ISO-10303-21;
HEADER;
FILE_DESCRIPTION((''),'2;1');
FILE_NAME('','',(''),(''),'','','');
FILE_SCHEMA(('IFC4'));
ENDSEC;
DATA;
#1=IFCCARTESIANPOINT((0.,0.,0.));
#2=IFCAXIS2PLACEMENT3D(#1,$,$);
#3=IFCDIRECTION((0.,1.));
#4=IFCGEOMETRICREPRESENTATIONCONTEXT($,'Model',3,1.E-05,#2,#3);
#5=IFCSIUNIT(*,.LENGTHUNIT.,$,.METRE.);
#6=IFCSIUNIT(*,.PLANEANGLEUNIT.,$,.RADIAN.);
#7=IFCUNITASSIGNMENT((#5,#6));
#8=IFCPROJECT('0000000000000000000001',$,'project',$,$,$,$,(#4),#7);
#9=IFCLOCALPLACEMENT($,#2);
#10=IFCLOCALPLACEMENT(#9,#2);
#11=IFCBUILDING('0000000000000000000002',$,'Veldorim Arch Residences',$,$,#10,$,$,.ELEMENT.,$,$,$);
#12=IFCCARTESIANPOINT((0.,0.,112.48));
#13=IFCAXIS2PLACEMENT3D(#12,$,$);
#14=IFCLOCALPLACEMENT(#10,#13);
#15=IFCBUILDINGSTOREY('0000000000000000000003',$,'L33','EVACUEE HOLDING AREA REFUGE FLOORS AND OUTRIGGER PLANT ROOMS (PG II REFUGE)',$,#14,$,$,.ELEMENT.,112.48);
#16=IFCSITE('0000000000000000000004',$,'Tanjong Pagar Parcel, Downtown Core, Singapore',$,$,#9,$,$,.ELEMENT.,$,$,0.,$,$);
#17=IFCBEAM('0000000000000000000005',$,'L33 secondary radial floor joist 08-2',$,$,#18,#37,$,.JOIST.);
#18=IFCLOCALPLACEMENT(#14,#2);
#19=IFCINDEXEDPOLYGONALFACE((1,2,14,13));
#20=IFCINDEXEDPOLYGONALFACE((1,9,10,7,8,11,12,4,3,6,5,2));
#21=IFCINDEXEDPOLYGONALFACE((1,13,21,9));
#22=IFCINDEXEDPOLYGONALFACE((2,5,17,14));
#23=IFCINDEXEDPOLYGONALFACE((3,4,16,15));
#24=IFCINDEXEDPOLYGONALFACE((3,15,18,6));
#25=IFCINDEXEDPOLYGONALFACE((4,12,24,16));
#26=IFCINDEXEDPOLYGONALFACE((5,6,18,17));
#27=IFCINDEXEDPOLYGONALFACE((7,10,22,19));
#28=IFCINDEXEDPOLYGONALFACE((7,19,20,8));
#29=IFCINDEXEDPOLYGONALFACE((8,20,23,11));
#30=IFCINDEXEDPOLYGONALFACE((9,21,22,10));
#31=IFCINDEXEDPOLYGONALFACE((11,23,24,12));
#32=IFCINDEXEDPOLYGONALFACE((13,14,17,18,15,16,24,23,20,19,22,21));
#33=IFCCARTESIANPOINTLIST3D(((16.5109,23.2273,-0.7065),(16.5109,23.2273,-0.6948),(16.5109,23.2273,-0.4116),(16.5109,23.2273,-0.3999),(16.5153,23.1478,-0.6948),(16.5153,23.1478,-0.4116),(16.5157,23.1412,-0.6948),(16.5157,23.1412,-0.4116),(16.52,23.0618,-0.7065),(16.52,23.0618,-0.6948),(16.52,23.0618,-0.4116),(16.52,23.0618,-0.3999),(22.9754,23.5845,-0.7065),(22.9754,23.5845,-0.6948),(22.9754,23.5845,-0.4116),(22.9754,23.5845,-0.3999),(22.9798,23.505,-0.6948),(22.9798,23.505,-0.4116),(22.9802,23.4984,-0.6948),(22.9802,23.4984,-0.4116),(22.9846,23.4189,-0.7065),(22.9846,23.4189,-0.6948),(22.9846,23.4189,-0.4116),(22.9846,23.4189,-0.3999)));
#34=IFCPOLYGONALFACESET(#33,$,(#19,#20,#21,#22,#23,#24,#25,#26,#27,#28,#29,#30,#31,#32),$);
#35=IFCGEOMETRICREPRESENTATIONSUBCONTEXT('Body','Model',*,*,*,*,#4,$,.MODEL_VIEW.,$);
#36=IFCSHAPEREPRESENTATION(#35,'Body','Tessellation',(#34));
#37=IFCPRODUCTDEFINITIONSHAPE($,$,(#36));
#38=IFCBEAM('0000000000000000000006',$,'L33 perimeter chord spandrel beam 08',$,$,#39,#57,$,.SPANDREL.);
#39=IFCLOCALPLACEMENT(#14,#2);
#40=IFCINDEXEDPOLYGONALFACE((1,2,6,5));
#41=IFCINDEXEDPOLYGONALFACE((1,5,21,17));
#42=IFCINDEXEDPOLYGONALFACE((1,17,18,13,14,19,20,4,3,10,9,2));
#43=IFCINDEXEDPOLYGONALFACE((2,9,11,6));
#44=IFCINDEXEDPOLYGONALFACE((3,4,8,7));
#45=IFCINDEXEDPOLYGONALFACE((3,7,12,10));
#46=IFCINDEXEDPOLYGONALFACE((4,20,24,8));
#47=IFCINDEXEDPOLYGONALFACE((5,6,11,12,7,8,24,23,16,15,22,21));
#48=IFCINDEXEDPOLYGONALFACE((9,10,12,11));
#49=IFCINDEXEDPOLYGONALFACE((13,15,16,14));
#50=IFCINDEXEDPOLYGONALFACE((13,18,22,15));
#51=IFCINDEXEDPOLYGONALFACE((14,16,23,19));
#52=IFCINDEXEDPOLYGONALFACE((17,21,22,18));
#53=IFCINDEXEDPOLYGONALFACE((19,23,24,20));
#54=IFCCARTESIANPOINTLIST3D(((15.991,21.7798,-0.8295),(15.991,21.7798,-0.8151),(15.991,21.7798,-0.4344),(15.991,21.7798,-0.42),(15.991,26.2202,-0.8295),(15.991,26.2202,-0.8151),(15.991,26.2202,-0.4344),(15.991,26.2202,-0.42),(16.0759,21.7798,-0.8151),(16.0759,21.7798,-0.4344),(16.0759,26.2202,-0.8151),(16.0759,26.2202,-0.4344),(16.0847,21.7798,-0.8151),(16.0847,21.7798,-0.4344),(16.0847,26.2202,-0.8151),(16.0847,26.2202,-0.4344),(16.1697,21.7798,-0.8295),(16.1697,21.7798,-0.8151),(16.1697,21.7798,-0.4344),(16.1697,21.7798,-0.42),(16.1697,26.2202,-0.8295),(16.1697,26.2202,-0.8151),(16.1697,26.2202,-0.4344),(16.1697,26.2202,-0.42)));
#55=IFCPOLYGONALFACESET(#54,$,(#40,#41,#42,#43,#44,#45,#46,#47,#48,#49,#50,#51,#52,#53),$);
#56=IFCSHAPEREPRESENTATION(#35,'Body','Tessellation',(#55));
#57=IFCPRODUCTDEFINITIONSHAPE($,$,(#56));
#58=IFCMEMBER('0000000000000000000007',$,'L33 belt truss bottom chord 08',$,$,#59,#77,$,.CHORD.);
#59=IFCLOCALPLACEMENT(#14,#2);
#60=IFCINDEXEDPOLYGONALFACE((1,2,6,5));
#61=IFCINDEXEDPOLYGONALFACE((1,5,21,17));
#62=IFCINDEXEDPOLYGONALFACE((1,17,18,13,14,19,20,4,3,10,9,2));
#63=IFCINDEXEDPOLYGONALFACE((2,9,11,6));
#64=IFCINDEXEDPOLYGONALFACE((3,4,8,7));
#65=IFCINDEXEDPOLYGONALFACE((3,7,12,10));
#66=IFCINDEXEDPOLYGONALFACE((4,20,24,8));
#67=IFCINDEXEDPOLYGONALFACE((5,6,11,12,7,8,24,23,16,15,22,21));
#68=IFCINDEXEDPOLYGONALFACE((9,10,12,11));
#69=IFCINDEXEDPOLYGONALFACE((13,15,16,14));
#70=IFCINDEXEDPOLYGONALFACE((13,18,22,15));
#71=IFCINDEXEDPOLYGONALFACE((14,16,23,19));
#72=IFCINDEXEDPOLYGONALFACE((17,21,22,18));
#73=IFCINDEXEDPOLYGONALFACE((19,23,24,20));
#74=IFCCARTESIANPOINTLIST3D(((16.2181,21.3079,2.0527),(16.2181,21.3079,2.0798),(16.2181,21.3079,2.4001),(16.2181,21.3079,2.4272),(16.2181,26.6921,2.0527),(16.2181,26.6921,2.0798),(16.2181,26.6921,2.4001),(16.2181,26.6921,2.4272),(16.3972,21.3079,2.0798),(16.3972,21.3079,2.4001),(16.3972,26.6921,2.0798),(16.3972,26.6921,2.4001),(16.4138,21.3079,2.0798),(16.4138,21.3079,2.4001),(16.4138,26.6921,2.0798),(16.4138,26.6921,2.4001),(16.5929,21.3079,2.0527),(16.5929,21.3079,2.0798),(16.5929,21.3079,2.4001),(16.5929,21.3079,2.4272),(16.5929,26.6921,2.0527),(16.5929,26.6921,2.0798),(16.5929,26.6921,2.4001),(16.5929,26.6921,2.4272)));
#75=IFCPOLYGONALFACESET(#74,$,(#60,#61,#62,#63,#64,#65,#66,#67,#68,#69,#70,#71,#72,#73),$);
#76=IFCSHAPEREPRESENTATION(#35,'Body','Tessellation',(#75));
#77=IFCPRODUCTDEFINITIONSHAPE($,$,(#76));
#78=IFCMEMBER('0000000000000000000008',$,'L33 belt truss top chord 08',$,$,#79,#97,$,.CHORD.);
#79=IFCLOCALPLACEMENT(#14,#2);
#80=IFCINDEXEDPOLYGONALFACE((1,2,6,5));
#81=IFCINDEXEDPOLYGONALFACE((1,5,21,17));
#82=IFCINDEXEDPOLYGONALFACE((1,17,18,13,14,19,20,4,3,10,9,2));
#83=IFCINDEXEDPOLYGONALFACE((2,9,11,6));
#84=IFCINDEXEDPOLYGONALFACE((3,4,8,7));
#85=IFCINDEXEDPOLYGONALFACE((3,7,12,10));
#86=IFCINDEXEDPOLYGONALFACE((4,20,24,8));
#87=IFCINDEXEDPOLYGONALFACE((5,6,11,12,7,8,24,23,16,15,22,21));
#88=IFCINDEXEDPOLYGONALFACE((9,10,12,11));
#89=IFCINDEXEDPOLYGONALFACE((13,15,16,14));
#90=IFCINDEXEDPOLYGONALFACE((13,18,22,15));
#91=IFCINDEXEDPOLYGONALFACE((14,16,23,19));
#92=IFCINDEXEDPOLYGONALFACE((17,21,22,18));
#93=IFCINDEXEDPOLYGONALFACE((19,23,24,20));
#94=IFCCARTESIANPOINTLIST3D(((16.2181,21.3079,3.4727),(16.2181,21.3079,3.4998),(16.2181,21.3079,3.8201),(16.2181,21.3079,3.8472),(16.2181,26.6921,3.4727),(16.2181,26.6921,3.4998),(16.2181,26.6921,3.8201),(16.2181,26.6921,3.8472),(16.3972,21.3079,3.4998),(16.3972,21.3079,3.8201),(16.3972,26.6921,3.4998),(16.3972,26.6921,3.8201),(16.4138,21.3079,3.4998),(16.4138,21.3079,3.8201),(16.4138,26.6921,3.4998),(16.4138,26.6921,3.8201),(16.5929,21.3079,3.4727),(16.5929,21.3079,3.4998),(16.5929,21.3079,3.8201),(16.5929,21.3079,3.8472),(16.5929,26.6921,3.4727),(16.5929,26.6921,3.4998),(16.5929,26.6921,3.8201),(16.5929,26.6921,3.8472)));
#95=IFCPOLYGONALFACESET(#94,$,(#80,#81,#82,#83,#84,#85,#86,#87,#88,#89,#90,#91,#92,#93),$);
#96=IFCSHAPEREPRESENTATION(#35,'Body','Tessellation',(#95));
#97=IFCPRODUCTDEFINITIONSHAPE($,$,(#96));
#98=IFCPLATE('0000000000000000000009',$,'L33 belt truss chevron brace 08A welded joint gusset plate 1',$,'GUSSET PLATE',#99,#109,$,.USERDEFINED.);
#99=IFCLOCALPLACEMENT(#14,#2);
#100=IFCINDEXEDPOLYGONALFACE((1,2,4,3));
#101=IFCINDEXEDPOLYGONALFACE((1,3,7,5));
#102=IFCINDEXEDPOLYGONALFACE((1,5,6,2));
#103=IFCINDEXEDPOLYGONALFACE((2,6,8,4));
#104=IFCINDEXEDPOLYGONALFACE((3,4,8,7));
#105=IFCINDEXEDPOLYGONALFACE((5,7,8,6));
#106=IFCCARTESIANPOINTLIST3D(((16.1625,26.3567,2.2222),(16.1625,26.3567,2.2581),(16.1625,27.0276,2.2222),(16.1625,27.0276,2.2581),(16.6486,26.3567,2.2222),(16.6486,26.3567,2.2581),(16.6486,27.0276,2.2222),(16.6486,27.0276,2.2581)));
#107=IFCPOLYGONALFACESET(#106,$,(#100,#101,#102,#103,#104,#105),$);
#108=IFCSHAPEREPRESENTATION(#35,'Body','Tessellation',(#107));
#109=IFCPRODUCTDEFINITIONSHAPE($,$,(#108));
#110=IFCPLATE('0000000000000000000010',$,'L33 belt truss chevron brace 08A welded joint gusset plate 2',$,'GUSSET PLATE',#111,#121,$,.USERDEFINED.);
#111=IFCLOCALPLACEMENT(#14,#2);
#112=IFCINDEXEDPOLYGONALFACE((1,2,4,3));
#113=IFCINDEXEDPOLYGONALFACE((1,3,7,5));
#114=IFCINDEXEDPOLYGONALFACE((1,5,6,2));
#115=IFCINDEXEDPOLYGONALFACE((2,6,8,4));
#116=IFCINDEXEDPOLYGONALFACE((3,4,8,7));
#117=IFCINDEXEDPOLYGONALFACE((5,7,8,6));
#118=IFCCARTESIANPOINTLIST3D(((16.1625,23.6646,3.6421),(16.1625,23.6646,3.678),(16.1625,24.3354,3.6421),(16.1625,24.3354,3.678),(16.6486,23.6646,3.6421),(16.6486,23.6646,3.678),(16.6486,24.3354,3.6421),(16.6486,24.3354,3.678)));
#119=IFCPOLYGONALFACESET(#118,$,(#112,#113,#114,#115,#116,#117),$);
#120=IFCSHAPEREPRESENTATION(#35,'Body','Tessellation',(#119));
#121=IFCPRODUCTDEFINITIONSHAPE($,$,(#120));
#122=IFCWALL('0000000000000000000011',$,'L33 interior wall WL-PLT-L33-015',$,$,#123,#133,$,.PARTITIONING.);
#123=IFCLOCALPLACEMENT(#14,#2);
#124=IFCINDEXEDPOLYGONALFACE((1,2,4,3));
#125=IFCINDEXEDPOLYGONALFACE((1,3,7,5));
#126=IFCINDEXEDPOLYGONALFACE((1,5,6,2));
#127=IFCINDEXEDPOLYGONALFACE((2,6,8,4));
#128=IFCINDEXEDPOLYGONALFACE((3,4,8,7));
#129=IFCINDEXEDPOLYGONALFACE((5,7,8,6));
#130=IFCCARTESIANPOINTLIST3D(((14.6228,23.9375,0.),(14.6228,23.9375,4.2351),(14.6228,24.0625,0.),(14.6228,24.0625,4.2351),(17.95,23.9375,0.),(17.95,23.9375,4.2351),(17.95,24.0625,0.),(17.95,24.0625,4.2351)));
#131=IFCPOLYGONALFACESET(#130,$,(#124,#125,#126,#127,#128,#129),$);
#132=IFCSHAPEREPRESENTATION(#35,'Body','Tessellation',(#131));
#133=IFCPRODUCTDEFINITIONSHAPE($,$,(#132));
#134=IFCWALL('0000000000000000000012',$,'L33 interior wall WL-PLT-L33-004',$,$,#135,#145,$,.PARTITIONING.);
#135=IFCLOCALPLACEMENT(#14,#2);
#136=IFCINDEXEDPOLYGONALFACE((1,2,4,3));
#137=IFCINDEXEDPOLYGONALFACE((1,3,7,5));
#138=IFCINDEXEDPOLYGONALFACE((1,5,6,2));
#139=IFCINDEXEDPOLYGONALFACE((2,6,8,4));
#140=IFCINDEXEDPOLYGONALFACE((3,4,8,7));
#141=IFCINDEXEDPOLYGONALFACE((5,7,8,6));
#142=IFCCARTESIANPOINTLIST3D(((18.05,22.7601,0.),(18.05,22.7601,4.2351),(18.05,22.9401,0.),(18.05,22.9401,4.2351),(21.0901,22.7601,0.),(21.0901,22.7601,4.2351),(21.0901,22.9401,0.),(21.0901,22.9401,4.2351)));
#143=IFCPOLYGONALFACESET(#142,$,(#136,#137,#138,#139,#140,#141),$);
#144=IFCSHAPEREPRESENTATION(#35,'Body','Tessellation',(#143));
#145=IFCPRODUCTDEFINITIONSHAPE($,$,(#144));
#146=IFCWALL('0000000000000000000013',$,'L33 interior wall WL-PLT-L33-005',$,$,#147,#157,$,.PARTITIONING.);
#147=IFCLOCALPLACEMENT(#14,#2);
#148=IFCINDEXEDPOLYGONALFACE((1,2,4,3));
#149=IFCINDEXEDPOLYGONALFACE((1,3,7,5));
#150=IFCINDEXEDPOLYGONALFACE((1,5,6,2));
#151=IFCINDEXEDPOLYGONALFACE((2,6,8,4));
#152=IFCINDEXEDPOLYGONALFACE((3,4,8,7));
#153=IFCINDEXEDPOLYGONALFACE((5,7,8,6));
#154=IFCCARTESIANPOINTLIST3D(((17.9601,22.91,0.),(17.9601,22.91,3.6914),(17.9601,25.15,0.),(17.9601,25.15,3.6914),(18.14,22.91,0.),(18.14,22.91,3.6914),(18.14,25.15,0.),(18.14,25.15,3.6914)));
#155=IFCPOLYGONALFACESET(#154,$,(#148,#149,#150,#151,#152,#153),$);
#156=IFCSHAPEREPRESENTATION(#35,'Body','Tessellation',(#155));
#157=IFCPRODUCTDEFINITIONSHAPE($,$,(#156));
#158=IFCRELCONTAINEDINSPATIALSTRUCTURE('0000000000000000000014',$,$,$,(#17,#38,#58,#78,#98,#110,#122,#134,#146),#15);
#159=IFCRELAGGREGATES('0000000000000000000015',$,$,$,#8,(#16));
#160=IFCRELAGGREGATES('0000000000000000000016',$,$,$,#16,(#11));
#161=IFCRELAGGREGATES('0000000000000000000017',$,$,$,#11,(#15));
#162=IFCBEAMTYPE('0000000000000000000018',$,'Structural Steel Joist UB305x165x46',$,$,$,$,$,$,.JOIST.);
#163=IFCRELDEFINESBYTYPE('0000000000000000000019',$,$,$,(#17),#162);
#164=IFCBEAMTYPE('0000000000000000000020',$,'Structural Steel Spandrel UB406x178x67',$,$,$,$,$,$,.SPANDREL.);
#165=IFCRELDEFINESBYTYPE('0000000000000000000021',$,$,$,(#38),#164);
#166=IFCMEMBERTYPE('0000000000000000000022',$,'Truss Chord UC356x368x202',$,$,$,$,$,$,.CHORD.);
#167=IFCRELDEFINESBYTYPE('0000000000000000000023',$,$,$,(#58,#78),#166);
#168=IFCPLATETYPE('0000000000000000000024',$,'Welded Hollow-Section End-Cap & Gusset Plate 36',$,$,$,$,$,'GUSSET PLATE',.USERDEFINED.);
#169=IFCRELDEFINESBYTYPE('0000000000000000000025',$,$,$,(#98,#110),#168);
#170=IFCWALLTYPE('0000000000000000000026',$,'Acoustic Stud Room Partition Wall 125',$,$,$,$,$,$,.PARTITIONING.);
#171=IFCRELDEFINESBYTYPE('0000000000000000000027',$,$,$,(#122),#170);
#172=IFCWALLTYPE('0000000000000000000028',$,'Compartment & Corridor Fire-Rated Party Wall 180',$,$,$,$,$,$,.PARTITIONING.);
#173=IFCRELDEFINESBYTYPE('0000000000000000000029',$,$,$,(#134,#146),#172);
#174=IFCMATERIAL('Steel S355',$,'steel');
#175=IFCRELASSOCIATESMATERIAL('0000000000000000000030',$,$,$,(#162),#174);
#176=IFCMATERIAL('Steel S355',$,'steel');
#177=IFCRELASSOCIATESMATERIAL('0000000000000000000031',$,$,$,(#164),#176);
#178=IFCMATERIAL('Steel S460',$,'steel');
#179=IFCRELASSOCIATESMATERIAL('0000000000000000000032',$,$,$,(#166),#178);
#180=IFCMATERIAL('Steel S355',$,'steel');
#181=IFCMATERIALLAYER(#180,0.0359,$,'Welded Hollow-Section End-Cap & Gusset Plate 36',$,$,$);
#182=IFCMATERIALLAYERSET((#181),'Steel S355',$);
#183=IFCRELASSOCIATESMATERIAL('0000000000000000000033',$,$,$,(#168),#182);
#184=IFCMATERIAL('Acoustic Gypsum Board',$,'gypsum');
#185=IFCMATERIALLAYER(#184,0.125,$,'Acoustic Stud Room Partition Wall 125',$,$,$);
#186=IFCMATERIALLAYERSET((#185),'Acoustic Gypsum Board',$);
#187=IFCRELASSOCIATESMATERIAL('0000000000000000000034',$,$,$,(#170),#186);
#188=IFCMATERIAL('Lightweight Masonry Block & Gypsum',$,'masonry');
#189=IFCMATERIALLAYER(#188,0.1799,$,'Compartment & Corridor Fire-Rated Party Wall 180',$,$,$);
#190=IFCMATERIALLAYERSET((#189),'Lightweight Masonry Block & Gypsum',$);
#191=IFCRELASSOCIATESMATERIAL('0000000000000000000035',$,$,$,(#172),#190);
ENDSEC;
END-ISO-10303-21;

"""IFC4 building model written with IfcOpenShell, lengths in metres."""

from ifc_helpers import new_model, si_unit, direction, frame, frame_2d, origin, origin_2d, place, context, subcontext, project, spatial, rectangle, i_section, extrude, material, layer, layer_set, material_profile, profile_set, type_object, element, save


model = new_model("IFC4")

# Units and contexts
model_context = context("Model", 3, precision=1e-05, world=origin(), true_north=direction((0.0, 1.0)))
body_context = subcontext(model_context, "Body", "Model", "MODEL_VIEW")
ifc_project = project(units=[si_unit("LENGTHUNIT", "METRE"), si_unit("PLANEANGLEUNIT", "RADIAN")], contexts=[model_context])

# Site, building, storey
site_placement = place(None, origin())
site = spatial("IfcSite", under=ifc_project, at=site_placement, Name="Tanjong Pagar Parcel, Downtown Core, Singapore", CompositionType="ELEMENT", RefElevation=0.0)
building_placement = place(site_placement, origin())
building = spatial("IfcBuilding", under=site, at=building_placement, Name="Veldorim Arch Residences", CompositionType="ELEMENT")
storey_placement = place(building_placement, frame((0.0, 0.0, 112.48)))
storey = spatial("IfcBuildingStorey", under=building, at=storey_placement, Name="L33", Description="EVACUEE HOLDING AREA REFUGE FLOORS AND OUTRIGGER PLANT ROOMS (PG II REFUGE)", CompositionType="ELEMENT", Elevation=112.48)

# Beams
ifc_material_1 = material(Name="Steel S355", Category="steel")
ifc_material_profile_1 = material_profile(ifc_material_1, i_section(OverallWidth=0.1658, OverallDepth=0.3066, WebThickness=0.0066, FlangeThickness=0.0117, at=origin_2d()), Name="UB305x165x46")
ifc_profile_set_1 = profile_set([ifc_material_profile_1], Name="Steel S355")
beam_type_1 = type_object("IfcBeamType", Name="Structural Steel Joist UB305x165x46", PredefinedType="JOIST", material=ifc_profile_set_1)
for number, where, z_axis, x_axis, name in (
    (1, (22.98, 23.5017, -0.5532), (-0.998477, -0.055167, 0.0), (0.055167, -0.998477, 0.0), "L33 secondary radial floor joist 08-2"),
):
    element("IfcBeam", number, at=place(storey_placement, frame(where, z_axis=z_axis, x_axis=x_axis)), inside=storey, type_object=beam_type_1, Name=name, PredefinedType="JOIST", context=body_context, shape_type="SweptSolid", body=[
        extrude(i_section(OverallWidth=0.1658, OverallDepth=0.3066, WebThickness=0.0066, FlangeThickness=0.0117, at=origin_2d()), origin(), (0.0, 0.0, 1.0), 6.4744),
    ])
ifc_material_2 = material(Name="Steel S355", Category="steel")
ifc_material_profile_2 = material_profile(ifc_material_2, i_section(OverallWidth=0.1787, OverallDepth=0.4094, WebThickness=0.0088, FlangeThickness=0.0144, at=origin_2d()), Name="UB406x178x67")
ifc_profile_set_2 = profile_set([ifc_material_profile_2], Name="Steel S355")
beam_type_2 = type_object("IfcBeamType", Name="Structural Steel Spandrel UB406x178x67", PredefinedType="SPANDREL", material=ifc_profile_set_2)
beam_1_placement = place(storey_placement, frame((16.0803, 26.2202, -0.6248), z_axis=(0.0, -1.0, 0.0), x_axis=(1.0, 0.0, 0.0)))
element("IfcBeam", 2, at=beam_1_placement, inside=storey, type_object=beam_type_2, Name="L33 perimeter chord spandrel beam 08", PredefinedType="SPANDREL", context=body_context, shape_type="SweptSolid", body=[
    extrude(i_section(OverallWidth=0.1787, OverallDepth=0.4094, WebThickness=0.0088, FlangeThickness=0.0144, at=origin_2d()), origin(), (0.0, 0.0, 1.0), 4.4404),
])

# Members
ifc_material_3 = material(Name="Steel S460", Category="steel")
ifc_material_profile_3 = material_profile(ifc_material_3, i_section(OverallWidth=0.3748, OverallDepth=0.3745, WebThickness=0.0166, FlangeThickness=0.0271, at=origin_2d()), Name="UC356x368x202")
ifc_profile_set_3 = profile_set([ifc_material_profile_3], Name="Steel S460")
member_type_1 = type_object("IfcMemberType", Name="Truss Chord UC356x368x202", PredefinedType="CHORD", material=ifc_profile_set_3)
for number, where, z_axis, x_axis, name in (
    (3, (16.4055, 26.6921, 2.24), (0.0, -1.0, 0.0), (1.0, 0.0, 0.0), "L33 belt truss bottom chord 08"),
    (4, (16.4055, 26.6921, 3.6599), (0.0, -1.0, 0.0), (1.0, 0.0, 0.0), "L33 belt truss top chord 08"),
):
    element("IfcMember", number, at=place(storey_placement, frame(where, z_axis=z_axis, x_axis=x_axis)), inside=storey, type_object=member_type_1, Name=name, PredefinedType="CHORD", context=body_context, shape_type="SweptSolid", body=[
        extrude(i_section(OverallWidth=0.3748, OverallDepth=0.3745, WebThickness=0.0166, FlangeThickness=0.0271, at=origin_2d()), origin(), (0.0, 0.0, 1.0), 5.3843),
    ])

# Plates
ifc_material_4 = material(Name="Steel S355", Category="steel")
ifc_layer_1 = layer(ifc_material_4, 0.0359, Name="Welded Hollow-Section End-Cap & Gusset Plate 36")
ifc_layer_set_1 = layer_set([ifc_layer_1], Name="Steel S355")
plate_type = type_object("IfcPlateType", Name="Welded Hollow-Section End-Cap & Gusset Plate 36", ElementType="GUSSET PLATE", PredefinedType="USERDEFINED", material=ifc_layer_set_1)
for number, where, z_axis, x_axis, name in (
    (5, (16.4055, 26.6921, 2.2222), (0.0, 0.0, 1.0), (0.0, -1.0, 0.0), "L33 belt truss chevron brace 08A welded joint gusset plate 1"),
    (6, (16.4055, 24.0, 3.6421), (0.0, 0.0, 1.0), (0.0, -1.0, 0.0), "L33 belt truss chevron brace 08A welded joint gusset plate 2"),
):
    element("IfcPlate", number, at=place(storey_placement, frame(where, z_axis=z_axis, x_axis=x_axis)), inside=storey, type_object=plate_type, Name=name, ObjectType="GUSSET PLATE", PredefinedType="USERDEFINED", context=body_context, shape_type="SweptSolid", body=[
        extrude(rectangle(XDim=0.6709, YDim=0.4861, at=origin_2d()), origin(), (0.0, 0.0, 1.0), 0.0359),
    ])

# Walls
ifc_material_5 = material(Name="Acoustic Gypsum Board", Category="gypsum")
ifc_layer_2 = layer(ifc_material_5, 0.125, Name="Acoustic Stud Room Partition Wall 125")
ifc_layer_set_2 = layer_set([ifc_layer_2], Name="Acoustic Gypsum Board")
wall_type_1 = type_object("IfcWallType", Name="Acoustic Stud Room Partition Wall 125", PredefinedType="PARTITIONING", material=ifc_layer_set_2)
wall_1_placement = place(storey_placement, frame((14.6228, 24.0, 0.0), z_axis=(0.0, 0.0, 1.0), x_axis=(1.0, 0.0, 0.0)))
element("IfcWall", 7, at=wall_1_placement, inside=storey, type_object=wall_type_1, Name="L33 interior wall WL-PLT-L33-015", PredefinedType="PARTITIONING", context=body_context, shape_type="SweptSolid", body=[
    extrude(rectangle(XDim=3.3271, YDim=0.125, at=frame_2d((1.6636, 0.0))), origin(), (0.0, 0.0, 1.0), 4.2351),
])
ifc_material_6 = material(Name="Lightweight Masonry Block & Gypsum", Category="masonry")
ifc_layer_3 = layer(ifc_material_6, 0.1799, Name="Compartment & Corridor Fire-Rated Party Wall 180")
ifc_layer_set_3 = layer_set([ifc_layer_3], Name="Lightweight Masonry Block & Gypsum")
wall_type_2 = type_object("IfcWallType", Name="Compartment & Corridor Fire-Rated Party Wall 180", PredefinedType="PARTITIONING", material=ifc_layer_set_3)
wall_2_placement = place(storey_placement, frame((21.0901, 22.8501, 0.0), z_axis=(0.0, 0.0, 1.0), x_axis=(-1.0, 0.0, 0.0)))
element("IfcWall", 8, at=wall_2_placement, inside=storey, type_object=wall_type_2, Name="L33 interior wall WL-PLT-L33-004", PredefinedType="PARTITIONING", context=body_context, shape_type="SweptSolid", body=[
    extrude(rectangle(XDim=3.04, YDim=0.1799, at=frame_2d((1.52, 0.0))), origin(), (0.0, 0.0, 1.0), 4.2351),
])
wall_3_placement = place(storey_placement, frame((18.05, 22.9099, 0.0), z_axis=(0.0, 0.0, 1.0), x_axis=(0.0, 1.0, 0.0)))
element("IfcWall", 9, at=wall_3_placement, inside=storey, type_object=wall_type_2, Name="L33 interior wall WL-PLT-L33-005", PredefinedType="PARTITIONING", context=body_context, shape_type="SweptSolid", body=[
    extrude(rectangle(XDim=2.24, YDim=0.1799, at=frame_2d((1.1201, 0.0))), origin(), (0.0, 0.0, 1.0), 3.6914),
])

save(model, "model.ifc")
